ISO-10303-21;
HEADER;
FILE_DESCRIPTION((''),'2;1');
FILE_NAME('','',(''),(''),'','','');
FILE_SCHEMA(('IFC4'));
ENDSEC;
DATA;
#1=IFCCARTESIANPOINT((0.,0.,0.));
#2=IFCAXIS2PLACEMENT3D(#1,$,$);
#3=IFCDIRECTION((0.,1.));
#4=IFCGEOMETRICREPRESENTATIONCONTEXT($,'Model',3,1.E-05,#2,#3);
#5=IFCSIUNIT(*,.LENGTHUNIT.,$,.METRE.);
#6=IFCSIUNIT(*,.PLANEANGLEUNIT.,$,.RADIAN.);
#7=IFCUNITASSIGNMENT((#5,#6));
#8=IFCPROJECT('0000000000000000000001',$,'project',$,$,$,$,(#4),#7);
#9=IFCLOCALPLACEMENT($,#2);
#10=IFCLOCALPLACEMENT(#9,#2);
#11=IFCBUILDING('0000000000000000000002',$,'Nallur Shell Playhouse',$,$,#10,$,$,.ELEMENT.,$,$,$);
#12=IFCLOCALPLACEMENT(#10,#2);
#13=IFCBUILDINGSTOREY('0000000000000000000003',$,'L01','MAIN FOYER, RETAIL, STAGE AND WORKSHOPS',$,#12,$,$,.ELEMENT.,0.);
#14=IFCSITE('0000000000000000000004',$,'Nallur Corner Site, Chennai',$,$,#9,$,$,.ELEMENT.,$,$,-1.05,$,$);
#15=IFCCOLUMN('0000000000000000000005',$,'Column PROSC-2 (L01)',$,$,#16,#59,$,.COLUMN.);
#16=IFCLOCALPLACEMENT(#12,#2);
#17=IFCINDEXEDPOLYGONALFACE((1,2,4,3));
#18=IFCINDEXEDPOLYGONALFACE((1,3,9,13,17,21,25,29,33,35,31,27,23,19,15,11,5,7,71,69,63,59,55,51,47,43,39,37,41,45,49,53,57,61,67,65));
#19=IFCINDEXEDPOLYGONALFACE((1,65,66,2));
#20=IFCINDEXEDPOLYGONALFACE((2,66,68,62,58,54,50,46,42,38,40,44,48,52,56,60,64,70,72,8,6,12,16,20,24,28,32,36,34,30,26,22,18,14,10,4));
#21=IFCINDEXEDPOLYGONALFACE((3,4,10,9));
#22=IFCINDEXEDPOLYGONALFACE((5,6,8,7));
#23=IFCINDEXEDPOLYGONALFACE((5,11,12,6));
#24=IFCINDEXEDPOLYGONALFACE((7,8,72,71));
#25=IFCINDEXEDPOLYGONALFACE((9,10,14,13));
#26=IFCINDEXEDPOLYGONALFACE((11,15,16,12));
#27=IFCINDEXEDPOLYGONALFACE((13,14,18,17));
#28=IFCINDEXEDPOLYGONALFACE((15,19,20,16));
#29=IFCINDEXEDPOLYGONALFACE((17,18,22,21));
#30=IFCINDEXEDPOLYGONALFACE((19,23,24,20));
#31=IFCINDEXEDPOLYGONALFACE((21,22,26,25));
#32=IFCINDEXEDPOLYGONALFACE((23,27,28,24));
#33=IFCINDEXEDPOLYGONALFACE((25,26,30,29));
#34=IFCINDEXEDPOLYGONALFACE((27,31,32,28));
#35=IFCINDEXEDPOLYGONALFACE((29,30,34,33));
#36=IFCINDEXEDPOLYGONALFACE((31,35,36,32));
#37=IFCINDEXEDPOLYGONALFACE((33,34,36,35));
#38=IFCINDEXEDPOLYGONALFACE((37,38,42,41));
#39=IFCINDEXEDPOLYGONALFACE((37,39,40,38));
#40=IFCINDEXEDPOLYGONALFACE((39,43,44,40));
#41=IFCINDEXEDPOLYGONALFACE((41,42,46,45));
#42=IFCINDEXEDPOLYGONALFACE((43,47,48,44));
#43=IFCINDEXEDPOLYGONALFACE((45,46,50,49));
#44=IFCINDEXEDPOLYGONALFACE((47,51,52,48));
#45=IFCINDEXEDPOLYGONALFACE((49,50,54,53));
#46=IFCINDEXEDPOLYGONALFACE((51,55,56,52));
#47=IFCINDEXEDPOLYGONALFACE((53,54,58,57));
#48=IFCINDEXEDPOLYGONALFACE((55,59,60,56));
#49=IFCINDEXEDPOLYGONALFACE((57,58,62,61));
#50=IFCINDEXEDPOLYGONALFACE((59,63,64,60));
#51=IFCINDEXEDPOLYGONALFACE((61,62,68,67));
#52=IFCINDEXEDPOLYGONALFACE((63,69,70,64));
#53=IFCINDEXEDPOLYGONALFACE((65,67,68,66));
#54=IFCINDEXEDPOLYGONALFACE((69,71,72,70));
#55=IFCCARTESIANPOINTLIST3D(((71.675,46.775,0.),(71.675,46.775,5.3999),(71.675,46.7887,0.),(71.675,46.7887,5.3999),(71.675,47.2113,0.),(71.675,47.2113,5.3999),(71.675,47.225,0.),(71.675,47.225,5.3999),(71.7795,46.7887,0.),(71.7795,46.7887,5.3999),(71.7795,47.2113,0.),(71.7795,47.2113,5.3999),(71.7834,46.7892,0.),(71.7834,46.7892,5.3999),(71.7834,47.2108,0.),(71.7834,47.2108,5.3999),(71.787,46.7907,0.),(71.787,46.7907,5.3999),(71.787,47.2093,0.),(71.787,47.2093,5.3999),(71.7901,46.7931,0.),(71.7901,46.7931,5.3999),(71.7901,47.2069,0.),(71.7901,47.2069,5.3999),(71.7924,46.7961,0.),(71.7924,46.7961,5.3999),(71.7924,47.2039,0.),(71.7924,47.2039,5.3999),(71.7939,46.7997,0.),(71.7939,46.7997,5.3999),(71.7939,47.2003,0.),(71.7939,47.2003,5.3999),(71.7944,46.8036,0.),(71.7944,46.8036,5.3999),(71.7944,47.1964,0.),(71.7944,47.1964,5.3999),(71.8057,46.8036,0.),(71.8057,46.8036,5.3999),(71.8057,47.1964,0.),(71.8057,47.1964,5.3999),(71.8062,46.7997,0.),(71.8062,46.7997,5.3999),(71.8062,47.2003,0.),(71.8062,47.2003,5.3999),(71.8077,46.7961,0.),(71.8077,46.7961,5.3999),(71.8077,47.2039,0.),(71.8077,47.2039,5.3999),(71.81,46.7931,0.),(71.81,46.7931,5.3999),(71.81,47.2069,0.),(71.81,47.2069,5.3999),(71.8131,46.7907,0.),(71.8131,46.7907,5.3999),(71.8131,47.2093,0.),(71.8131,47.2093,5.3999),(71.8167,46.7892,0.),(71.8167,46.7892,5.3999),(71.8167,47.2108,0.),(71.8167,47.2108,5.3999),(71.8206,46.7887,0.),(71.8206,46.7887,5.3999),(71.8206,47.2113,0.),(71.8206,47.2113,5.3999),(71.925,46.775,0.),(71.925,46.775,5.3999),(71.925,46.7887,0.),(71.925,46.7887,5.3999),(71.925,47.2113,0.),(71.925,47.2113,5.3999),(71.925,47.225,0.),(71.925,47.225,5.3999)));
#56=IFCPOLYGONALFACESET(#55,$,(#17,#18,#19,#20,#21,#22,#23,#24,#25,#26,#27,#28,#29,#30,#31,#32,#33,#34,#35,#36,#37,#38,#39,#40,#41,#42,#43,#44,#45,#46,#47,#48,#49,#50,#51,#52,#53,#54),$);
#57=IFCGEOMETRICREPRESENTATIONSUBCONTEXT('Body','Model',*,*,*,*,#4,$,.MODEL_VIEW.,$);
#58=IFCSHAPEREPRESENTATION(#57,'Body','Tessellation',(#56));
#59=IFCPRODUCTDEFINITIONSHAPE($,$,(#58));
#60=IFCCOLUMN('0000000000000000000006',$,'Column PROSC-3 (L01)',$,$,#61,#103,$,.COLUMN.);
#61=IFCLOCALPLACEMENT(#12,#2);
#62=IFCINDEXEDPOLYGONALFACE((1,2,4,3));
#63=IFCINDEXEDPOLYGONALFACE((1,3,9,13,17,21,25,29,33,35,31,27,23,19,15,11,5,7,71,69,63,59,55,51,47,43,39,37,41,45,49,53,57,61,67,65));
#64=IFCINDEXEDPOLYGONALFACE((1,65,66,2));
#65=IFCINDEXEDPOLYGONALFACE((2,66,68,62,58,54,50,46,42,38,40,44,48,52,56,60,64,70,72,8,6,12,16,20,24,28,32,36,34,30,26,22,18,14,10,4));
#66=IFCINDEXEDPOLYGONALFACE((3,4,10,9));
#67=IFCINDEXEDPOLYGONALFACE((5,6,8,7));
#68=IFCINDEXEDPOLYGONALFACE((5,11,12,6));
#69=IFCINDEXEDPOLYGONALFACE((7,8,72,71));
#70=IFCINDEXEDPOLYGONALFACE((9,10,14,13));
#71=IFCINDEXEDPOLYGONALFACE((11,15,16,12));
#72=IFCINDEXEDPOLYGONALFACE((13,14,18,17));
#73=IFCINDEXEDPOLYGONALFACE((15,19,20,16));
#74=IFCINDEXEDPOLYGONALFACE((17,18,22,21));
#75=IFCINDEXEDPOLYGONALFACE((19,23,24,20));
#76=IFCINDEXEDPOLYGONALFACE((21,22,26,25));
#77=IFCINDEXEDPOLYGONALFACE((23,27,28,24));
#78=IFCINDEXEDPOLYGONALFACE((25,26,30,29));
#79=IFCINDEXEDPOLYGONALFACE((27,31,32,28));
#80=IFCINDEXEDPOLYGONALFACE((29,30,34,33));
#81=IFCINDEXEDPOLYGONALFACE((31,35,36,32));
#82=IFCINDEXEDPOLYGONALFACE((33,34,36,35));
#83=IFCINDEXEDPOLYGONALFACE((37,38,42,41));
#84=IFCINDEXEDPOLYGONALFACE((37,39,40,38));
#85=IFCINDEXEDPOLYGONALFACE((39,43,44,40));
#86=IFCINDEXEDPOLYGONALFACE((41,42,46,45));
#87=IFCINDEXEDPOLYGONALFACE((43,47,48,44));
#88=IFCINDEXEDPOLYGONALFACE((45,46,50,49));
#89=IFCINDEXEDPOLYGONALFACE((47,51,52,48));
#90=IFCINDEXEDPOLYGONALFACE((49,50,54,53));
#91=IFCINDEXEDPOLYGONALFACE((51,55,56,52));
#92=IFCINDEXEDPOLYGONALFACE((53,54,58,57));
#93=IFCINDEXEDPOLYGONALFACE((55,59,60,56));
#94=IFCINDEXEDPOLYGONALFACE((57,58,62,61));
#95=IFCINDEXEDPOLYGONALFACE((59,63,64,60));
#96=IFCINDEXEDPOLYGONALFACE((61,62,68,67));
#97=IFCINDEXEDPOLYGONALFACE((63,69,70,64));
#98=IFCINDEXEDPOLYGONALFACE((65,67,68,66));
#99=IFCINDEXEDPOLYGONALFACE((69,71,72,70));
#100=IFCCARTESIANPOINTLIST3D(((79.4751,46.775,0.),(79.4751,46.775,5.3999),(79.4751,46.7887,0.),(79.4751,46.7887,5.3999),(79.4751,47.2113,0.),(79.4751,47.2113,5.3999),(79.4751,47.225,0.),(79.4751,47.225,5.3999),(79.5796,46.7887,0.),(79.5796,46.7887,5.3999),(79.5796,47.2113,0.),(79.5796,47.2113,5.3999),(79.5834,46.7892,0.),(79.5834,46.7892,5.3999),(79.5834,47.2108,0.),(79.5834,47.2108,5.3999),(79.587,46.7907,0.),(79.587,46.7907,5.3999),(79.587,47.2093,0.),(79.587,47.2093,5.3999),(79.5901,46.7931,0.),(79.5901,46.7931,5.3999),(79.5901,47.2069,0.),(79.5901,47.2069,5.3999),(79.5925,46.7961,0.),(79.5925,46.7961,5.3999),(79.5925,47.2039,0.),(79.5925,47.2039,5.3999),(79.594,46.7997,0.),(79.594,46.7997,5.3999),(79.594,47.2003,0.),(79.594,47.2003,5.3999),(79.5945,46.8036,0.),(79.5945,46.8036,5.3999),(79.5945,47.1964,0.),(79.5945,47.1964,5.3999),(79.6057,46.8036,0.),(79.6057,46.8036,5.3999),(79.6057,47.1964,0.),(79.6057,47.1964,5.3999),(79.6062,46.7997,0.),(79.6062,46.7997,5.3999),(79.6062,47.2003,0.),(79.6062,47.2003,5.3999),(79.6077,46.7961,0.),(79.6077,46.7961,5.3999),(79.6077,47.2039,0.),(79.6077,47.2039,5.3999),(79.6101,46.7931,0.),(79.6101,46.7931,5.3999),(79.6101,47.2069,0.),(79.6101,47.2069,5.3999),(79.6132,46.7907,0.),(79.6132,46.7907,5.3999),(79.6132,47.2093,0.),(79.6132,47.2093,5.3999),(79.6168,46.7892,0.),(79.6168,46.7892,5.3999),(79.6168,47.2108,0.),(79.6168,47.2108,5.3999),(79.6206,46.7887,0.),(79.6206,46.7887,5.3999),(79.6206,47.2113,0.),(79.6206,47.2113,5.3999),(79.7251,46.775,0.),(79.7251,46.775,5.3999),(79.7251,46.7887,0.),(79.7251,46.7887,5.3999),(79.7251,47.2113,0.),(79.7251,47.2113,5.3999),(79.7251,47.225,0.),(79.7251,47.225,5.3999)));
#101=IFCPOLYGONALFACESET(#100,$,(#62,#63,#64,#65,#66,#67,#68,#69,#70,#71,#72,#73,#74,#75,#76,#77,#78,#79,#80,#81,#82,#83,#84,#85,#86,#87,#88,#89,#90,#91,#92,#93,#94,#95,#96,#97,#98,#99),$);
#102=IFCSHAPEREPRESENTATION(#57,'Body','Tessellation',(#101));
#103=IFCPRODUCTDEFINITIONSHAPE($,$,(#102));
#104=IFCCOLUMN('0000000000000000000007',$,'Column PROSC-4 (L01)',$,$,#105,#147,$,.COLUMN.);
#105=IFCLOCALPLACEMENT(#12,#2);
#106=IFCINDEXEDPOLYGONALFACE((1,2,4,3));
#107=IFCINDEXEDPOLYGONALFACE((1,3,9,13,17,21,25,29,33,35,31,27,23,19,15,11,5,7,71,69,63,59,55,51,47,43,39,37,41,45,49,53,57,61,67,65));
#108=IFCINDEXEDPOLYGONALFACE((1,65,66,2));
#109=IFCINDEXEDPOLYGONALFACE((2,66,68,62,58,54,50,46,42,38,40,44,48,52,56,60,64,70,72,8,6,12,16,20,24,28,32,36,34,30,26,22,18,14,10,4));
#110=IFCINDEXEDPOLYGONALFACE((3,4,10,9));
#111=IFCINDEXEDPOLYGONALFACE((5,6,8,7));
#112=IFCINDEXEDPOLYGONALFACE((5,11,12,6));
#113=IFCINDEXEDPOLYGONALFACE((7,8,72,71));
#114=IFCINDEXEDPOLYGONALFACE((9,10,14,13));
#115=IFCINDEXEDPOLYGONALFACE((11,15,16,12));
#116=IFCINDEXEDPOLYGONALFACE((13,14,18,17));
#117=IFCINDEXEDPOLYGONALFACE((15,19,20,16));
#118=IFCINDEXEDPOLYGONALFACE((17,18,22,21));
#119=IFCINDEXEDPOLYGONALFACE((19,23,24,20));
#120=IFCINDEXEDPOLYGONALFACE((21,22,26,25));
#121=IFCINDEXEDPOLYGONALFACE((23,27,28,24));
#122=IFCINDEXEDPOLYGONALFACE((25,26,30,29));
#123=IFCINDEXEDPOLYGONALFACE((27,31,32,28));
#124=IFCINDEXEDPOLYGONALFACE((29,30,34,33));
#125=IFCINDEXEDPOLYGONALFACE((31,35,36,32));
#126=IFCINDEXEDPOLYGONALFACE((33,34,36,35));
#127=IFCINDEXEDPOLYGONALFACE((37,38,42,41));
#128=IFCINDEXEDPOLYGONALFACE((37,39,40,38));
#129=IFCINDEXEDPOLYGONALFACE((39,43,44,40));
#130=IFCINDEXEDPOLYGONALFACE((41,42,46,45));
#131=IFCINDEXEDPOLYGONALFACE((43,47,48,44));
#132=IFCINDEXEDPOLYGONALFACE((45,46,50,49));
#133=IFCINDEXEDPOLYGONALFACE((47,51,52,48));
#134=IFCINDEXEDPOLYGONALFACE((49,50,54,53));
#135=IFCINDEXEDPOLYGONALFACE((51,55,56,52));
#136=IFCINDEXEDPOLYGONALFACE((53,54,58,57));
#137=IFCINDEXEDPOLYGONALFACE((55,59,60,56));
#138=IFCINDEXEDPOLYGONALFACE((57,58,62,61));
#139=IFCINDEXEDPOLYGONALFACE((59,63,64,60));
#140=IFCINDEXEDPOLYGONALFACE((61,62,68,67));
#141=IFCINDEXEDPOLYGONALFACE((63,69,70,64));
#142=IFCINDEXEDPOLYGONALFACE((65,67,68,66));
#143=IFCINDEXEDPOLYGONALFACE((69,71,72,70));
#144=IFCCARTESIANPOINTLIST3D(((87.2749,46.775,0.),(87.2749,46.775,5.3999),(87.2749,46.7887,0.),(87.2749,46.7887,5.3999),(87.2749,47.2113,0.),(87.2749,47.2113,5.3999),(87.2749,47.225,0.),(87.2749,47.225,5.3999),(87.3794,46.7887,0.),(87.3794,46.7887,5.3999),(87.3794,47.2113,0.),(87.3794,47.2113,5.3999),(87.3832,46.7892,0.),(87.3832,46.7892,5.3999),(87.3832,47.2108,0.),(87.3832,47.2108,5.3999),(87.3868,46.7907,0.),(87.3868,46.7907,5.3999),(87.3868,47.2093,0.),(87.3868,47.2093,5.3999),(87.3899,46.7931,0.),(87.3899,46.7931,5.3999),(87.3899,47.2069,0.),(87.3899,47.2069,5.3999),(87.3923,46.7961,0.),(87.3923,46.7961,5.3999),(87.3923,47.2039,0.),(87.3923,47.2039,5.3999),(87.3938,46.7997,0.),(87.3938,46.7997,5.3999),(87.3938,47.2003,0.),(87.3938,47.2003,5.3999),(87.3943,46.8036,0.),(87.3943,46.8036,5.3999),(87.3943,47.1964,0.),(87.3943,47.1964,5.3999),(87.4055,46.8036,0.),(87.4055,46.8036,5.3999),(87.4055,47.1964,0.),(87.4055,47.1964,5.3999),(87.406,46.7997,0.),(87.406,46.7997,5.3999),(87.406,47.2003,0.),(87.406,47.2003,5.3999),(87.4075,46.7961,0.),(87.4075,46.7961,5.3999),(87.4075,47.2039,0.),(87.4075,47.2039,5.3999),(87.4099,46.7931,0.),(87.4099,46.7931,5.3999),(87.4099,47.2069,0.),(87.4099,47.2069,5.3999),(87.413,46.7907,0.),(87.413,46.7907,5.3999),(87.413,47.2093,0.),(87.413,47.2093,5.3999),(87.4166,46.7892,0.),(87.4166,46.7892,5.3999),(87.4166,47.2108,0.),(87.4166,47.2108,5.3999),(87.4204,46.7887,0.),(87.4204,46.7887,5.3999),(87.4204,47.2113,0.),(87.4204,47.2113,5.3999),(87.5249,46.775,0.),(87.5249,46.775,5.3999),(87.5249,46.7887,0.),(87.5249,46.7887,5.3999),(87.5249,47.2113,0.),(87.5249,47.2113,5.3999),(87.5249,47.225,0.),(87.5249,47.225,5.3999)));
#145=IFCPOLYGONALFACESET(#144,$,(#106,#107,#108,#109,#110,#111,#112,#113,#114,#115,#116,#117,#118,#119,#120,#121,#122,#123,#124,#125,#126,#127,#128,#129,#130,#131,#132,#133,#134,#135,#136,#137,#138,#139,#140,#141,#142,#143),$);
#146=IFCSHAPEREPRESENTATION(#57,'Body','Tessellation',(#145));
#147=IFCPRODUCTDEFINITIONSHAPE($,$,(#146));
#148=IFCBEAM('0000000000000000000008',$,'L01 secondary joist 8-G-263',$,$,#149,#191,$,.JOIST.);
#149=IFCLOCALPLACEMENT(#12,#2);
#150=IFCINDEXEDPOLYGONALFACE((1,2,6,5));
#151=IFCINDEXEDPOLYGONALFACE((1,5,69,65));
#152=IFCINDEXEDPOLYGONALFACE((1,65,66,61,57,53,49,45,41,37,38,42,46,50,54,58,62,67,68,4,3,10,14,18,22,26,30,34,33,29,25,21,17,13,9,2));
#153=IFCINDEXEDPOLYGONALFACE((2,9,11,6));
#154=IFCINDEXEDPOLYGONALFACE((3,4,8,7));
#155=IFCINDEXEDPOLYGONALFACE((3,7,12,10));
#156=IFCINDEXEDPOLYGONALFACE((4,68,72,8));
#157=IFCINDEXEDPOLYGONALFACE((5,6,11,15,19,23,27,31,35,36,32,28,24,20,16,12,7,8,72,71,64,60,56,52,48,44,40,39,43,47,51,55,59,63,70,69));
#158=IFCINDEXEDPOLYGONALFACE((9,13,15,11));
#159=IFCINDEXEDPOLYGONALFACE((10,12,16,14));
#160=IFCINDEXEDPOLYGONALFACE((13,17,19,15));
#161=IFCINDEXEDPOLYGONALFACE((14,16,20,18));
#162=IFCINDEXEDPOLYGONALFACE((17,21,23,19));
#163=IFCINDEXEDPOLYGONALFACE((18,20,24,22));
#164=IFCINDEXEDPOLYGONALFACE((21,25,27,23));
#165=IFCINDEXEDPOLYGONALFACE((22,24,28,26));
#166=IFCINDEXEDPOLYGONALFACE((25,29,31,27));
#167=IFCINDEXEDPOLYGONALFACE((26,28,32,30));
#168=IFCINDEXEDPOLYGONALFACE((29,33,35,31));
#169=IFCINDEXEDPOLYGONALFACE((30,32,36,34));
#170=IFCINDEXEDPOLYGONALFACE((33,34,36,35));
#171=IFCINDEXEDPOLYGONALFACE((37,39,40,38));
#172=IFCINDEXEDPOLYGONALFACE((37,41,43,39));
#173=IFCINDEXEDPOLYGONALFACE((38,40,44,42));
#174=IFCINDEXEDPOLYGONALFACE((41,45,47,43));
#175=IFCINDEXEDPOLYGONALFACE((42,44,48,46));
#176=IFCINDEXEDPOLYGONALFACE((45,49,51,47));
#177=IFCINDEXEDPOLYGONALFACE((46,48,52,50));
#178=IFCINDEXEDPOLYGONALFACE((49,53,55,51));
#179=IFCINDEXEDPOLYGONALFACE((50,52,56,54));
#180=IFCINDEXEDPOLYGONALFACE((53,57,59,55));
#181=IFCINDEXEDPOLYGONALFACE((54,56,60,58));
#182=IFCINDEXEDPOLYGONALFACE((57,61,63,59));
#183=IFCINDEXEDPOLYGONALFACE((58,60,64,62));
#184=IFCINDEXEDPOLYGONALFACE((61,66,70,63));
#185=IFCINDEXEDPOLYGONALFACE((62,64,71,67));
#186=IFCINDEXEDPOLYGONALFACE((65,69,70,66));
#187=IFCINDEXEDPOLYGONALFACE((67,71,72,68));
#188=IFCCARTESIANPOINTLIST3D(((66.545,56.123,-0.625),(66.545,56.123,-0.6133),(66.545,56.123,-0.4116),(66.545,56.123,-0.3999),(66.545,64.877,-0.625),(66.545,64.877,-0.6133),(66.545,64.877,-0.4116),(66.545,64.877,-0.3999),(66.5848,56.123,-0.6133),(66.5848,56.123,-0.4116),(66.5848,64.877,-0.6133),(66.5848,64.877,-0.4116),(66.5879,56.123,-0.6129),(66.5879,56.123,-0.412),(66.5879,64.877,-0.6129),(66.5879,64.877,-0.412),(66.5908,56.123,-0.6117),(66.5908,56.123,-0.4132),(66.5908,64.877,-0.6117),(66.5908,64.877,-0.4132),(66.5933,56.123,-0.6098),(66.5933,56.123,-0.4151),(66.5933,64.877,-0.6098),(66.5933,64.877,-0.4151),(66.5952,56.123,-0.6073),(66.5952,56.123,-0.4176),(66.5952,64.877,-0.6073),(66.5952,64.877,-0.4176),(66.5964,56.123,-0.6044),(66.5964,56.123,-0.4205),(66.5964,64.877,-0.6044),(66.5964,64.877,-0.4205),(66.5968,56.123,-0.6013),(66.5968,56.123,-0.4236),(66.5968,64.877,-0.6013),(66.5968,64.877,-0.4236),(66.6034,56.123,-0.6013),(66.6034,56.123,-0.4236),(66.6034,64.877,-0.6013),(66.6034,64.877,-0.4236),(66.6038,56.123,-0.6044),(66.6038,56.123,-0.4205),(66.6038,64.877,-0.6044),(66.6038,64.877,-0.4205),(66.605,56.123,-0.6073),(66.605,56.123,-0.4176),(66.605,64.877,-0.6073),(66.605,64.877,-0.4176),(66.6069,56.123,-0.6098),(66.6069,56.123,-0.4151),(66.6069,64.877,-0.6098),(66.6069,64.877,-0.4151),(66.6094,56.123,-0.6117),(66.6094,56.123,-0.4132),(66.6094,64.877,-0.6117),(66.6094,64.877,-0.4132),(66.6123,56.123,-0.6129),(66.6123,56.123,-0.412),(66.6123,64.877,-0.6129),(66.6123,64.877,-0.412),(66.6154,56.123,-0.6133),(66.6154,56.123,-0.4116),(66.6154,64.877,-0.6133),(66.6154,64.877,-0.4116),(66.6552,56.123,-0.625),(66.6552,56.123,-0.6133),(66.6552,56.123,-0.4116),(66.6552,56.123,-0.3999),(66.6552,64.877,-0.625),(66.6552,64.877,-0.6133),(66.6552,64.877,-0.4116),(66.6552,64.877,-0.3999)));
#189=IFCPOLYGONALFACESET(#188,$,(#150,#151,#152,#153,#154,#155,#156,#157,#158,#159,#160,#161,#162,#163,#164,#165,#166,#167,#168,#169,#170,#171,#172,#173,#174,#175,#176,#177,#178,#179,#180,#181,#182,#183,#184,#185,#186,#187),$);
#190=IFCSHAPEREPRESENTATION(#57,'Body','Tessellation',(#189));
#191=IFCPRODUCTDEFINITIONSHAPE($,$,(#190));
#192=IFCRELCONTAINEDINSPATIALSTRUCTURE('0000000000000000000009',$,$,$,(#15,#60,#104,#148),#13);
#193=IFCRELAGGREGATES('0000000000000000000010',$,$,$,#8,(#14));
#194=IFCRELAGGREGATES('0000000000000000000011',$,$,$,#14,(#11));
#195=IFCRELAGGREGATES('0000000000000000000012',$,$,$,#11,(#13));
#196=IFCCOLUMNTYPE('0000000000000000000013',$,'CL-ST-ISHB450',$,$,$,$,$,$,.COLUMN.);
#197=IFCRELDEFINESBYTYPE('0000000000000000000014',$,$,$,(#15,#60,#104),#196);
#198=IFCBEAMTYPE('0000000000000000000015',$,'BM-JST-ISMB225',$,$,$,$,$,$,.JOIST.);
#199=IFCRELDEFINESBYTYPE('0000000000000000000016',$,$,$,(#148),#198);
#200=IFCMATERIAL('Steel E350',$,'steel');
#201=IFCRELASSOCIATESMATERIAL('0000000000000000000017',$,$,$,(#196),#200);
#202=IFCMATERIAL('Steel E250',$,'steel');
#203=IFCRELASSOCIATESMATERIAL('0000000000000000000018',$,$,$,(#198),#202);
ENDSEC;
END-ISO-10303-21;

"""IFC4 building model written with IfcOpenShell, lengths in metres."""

from ifc_helpers import new_model, si_unit, direction, frame, origin, origin_2d, place, context, subcontext, project, spatial, i_section, extrude, material, material_profile, profile_set, type_object, element, save


model = new_model("IFC4")

# Units and contexts
model_context = context("Model", 3, precision=1e-05, world=origin(), true_north=direction((0.0, 1.0)))
body_context = subcontext(model_context, "Body", "Model", "MODEL_VIEW")
ifc_project = project(units=[si_unit("LENGTHUNIT", "METRE"), si_unit("PLANEANGLEUNIT", "RADIAN")], contexts=[model_context])

# Site, building, storey
site_placement = place(None, origin())
site = spatial("IfcSite", under=ifc_project, at=site_placement, Name="Nallur Corner Site, Chennai", CompositionType="ELEMENT", RefElevation=-1.05)
building_placement = place(site_placement, origin())
building = spatial("IfcBuilding", under=site, at=building_placement, Name="Nallur Shell Playhouse", CompositionType="ELEMENT")
storey_placement = place(building_placement, origin())
storey = spatial("IfcBuildingStorey", under=building, at=storey_placement, Name="L01", Description="MAIN FOYER, RETAIL, STAGE AND WORKSHOPS", CompositionType="ELEMENT", Elevation=0.0)

# Columns
ifc_material_1 = material(Name="Steel E350", Category="steel")
ifc_material_profile_1 = material_profile(ifc_material_1, i_section(OverallWidth=0.25, OverallDepth=0.45, WebThickness=0.0112, FlangeThickness=0.0137, FilletRadius=0.0149, at=origin_2d()), Name="ISHB 450")
ifc_profile_set_1 = profile_set([ifc_material_profile_1], Name="Steel E350")
column_type = type_object("IfcColumnType", Name="CL-ST-ISHB450", PredefinedType="COLUMN", material=ifc_profile_set_1)
for number, where, z_axis, x_axis, name in (
    (1, (71.8, 47.0, 0.0), (0.0, 0.0, 1.0), (1.0, 0.0, 0.0), "Column PROSC-2 (L01)"),
    (2, (79.6001, 47.0, 0.0), (0.0, 0.0, 1.0), (1.0, 0.0, 0.0), "Column PROSC-3 (L01)"),
    (3, (87.3999, 47.0, 0.0), (0.0, 0.0, 1.0), (1.0, 0.0, 0.0), "Column PROSC-4 (L01)"),
):
    element("IfcColumn", number, at=place(storey_placement, frame(where, z_axis=z_axis, x_axis=x_axis)), inside=storey, type_object=column_type, Name=name, PredefinedType="COLUMN", context=body_context, shape_type="SweptSolid", body=[
        extrude(i_section(OverallWidth=0.25, OverallDepth=0.45, WebThickness=0.0112, FlangeThickness=0.0137, FilletRadius=0.0149, at=origin_2d()), origin(), (0.0, 0.0, 1.0), 5.3999),
    ])

# Beam
ifc_material_2 = material(Name="Steel E250", Category="steel")
ifc_material_profile_2 = material_profile(ifc_material_2, i_section(OverallWidth=0.1101, OverallDepth=0.2251, WebThickness=0.0066, FlangeThickness=0.0117, FilletRadius=0.012, at=origin_2d()), Name="ISMB 225")
ifc_profile_set_2 = profile_set([ifc_material_profile_2], Name="Steel E250")
beam_type_1 = type_object("IfcBeamType", Name="BM-JST-ISMB225", PredefinedType="JOIST", material=ifc_profile_set_2)
for number, where, z_axis, x_axis, name in (
    (4, (66.6001, 56.123, -0.5125), (0.0, 1.0, 0.0), (-1.0, 0.0, 0.0), "L01 secondary joist 8-G-263"),
):
    element("IfcBeam", number, at=place(storey_placement, frame(where, z_axis=z_axis, x_axis=x_axis)), inside=storey, type_object=beam_type_1, Name=name, PredefinedType="JOIST", context=body_context, shape_type="SweptSolid", body=[
        extrude(i_section(OverallWidth=0.1101, OverallDepth=0.2251, WebThickness=0.0066, FlangeThickness=0.0117, FilletRadius=0.012, at=origin_2d()), origin(), (0.0, 0.0, 1.0), 8.7539),
    ])

save(model, "model.ifc")
